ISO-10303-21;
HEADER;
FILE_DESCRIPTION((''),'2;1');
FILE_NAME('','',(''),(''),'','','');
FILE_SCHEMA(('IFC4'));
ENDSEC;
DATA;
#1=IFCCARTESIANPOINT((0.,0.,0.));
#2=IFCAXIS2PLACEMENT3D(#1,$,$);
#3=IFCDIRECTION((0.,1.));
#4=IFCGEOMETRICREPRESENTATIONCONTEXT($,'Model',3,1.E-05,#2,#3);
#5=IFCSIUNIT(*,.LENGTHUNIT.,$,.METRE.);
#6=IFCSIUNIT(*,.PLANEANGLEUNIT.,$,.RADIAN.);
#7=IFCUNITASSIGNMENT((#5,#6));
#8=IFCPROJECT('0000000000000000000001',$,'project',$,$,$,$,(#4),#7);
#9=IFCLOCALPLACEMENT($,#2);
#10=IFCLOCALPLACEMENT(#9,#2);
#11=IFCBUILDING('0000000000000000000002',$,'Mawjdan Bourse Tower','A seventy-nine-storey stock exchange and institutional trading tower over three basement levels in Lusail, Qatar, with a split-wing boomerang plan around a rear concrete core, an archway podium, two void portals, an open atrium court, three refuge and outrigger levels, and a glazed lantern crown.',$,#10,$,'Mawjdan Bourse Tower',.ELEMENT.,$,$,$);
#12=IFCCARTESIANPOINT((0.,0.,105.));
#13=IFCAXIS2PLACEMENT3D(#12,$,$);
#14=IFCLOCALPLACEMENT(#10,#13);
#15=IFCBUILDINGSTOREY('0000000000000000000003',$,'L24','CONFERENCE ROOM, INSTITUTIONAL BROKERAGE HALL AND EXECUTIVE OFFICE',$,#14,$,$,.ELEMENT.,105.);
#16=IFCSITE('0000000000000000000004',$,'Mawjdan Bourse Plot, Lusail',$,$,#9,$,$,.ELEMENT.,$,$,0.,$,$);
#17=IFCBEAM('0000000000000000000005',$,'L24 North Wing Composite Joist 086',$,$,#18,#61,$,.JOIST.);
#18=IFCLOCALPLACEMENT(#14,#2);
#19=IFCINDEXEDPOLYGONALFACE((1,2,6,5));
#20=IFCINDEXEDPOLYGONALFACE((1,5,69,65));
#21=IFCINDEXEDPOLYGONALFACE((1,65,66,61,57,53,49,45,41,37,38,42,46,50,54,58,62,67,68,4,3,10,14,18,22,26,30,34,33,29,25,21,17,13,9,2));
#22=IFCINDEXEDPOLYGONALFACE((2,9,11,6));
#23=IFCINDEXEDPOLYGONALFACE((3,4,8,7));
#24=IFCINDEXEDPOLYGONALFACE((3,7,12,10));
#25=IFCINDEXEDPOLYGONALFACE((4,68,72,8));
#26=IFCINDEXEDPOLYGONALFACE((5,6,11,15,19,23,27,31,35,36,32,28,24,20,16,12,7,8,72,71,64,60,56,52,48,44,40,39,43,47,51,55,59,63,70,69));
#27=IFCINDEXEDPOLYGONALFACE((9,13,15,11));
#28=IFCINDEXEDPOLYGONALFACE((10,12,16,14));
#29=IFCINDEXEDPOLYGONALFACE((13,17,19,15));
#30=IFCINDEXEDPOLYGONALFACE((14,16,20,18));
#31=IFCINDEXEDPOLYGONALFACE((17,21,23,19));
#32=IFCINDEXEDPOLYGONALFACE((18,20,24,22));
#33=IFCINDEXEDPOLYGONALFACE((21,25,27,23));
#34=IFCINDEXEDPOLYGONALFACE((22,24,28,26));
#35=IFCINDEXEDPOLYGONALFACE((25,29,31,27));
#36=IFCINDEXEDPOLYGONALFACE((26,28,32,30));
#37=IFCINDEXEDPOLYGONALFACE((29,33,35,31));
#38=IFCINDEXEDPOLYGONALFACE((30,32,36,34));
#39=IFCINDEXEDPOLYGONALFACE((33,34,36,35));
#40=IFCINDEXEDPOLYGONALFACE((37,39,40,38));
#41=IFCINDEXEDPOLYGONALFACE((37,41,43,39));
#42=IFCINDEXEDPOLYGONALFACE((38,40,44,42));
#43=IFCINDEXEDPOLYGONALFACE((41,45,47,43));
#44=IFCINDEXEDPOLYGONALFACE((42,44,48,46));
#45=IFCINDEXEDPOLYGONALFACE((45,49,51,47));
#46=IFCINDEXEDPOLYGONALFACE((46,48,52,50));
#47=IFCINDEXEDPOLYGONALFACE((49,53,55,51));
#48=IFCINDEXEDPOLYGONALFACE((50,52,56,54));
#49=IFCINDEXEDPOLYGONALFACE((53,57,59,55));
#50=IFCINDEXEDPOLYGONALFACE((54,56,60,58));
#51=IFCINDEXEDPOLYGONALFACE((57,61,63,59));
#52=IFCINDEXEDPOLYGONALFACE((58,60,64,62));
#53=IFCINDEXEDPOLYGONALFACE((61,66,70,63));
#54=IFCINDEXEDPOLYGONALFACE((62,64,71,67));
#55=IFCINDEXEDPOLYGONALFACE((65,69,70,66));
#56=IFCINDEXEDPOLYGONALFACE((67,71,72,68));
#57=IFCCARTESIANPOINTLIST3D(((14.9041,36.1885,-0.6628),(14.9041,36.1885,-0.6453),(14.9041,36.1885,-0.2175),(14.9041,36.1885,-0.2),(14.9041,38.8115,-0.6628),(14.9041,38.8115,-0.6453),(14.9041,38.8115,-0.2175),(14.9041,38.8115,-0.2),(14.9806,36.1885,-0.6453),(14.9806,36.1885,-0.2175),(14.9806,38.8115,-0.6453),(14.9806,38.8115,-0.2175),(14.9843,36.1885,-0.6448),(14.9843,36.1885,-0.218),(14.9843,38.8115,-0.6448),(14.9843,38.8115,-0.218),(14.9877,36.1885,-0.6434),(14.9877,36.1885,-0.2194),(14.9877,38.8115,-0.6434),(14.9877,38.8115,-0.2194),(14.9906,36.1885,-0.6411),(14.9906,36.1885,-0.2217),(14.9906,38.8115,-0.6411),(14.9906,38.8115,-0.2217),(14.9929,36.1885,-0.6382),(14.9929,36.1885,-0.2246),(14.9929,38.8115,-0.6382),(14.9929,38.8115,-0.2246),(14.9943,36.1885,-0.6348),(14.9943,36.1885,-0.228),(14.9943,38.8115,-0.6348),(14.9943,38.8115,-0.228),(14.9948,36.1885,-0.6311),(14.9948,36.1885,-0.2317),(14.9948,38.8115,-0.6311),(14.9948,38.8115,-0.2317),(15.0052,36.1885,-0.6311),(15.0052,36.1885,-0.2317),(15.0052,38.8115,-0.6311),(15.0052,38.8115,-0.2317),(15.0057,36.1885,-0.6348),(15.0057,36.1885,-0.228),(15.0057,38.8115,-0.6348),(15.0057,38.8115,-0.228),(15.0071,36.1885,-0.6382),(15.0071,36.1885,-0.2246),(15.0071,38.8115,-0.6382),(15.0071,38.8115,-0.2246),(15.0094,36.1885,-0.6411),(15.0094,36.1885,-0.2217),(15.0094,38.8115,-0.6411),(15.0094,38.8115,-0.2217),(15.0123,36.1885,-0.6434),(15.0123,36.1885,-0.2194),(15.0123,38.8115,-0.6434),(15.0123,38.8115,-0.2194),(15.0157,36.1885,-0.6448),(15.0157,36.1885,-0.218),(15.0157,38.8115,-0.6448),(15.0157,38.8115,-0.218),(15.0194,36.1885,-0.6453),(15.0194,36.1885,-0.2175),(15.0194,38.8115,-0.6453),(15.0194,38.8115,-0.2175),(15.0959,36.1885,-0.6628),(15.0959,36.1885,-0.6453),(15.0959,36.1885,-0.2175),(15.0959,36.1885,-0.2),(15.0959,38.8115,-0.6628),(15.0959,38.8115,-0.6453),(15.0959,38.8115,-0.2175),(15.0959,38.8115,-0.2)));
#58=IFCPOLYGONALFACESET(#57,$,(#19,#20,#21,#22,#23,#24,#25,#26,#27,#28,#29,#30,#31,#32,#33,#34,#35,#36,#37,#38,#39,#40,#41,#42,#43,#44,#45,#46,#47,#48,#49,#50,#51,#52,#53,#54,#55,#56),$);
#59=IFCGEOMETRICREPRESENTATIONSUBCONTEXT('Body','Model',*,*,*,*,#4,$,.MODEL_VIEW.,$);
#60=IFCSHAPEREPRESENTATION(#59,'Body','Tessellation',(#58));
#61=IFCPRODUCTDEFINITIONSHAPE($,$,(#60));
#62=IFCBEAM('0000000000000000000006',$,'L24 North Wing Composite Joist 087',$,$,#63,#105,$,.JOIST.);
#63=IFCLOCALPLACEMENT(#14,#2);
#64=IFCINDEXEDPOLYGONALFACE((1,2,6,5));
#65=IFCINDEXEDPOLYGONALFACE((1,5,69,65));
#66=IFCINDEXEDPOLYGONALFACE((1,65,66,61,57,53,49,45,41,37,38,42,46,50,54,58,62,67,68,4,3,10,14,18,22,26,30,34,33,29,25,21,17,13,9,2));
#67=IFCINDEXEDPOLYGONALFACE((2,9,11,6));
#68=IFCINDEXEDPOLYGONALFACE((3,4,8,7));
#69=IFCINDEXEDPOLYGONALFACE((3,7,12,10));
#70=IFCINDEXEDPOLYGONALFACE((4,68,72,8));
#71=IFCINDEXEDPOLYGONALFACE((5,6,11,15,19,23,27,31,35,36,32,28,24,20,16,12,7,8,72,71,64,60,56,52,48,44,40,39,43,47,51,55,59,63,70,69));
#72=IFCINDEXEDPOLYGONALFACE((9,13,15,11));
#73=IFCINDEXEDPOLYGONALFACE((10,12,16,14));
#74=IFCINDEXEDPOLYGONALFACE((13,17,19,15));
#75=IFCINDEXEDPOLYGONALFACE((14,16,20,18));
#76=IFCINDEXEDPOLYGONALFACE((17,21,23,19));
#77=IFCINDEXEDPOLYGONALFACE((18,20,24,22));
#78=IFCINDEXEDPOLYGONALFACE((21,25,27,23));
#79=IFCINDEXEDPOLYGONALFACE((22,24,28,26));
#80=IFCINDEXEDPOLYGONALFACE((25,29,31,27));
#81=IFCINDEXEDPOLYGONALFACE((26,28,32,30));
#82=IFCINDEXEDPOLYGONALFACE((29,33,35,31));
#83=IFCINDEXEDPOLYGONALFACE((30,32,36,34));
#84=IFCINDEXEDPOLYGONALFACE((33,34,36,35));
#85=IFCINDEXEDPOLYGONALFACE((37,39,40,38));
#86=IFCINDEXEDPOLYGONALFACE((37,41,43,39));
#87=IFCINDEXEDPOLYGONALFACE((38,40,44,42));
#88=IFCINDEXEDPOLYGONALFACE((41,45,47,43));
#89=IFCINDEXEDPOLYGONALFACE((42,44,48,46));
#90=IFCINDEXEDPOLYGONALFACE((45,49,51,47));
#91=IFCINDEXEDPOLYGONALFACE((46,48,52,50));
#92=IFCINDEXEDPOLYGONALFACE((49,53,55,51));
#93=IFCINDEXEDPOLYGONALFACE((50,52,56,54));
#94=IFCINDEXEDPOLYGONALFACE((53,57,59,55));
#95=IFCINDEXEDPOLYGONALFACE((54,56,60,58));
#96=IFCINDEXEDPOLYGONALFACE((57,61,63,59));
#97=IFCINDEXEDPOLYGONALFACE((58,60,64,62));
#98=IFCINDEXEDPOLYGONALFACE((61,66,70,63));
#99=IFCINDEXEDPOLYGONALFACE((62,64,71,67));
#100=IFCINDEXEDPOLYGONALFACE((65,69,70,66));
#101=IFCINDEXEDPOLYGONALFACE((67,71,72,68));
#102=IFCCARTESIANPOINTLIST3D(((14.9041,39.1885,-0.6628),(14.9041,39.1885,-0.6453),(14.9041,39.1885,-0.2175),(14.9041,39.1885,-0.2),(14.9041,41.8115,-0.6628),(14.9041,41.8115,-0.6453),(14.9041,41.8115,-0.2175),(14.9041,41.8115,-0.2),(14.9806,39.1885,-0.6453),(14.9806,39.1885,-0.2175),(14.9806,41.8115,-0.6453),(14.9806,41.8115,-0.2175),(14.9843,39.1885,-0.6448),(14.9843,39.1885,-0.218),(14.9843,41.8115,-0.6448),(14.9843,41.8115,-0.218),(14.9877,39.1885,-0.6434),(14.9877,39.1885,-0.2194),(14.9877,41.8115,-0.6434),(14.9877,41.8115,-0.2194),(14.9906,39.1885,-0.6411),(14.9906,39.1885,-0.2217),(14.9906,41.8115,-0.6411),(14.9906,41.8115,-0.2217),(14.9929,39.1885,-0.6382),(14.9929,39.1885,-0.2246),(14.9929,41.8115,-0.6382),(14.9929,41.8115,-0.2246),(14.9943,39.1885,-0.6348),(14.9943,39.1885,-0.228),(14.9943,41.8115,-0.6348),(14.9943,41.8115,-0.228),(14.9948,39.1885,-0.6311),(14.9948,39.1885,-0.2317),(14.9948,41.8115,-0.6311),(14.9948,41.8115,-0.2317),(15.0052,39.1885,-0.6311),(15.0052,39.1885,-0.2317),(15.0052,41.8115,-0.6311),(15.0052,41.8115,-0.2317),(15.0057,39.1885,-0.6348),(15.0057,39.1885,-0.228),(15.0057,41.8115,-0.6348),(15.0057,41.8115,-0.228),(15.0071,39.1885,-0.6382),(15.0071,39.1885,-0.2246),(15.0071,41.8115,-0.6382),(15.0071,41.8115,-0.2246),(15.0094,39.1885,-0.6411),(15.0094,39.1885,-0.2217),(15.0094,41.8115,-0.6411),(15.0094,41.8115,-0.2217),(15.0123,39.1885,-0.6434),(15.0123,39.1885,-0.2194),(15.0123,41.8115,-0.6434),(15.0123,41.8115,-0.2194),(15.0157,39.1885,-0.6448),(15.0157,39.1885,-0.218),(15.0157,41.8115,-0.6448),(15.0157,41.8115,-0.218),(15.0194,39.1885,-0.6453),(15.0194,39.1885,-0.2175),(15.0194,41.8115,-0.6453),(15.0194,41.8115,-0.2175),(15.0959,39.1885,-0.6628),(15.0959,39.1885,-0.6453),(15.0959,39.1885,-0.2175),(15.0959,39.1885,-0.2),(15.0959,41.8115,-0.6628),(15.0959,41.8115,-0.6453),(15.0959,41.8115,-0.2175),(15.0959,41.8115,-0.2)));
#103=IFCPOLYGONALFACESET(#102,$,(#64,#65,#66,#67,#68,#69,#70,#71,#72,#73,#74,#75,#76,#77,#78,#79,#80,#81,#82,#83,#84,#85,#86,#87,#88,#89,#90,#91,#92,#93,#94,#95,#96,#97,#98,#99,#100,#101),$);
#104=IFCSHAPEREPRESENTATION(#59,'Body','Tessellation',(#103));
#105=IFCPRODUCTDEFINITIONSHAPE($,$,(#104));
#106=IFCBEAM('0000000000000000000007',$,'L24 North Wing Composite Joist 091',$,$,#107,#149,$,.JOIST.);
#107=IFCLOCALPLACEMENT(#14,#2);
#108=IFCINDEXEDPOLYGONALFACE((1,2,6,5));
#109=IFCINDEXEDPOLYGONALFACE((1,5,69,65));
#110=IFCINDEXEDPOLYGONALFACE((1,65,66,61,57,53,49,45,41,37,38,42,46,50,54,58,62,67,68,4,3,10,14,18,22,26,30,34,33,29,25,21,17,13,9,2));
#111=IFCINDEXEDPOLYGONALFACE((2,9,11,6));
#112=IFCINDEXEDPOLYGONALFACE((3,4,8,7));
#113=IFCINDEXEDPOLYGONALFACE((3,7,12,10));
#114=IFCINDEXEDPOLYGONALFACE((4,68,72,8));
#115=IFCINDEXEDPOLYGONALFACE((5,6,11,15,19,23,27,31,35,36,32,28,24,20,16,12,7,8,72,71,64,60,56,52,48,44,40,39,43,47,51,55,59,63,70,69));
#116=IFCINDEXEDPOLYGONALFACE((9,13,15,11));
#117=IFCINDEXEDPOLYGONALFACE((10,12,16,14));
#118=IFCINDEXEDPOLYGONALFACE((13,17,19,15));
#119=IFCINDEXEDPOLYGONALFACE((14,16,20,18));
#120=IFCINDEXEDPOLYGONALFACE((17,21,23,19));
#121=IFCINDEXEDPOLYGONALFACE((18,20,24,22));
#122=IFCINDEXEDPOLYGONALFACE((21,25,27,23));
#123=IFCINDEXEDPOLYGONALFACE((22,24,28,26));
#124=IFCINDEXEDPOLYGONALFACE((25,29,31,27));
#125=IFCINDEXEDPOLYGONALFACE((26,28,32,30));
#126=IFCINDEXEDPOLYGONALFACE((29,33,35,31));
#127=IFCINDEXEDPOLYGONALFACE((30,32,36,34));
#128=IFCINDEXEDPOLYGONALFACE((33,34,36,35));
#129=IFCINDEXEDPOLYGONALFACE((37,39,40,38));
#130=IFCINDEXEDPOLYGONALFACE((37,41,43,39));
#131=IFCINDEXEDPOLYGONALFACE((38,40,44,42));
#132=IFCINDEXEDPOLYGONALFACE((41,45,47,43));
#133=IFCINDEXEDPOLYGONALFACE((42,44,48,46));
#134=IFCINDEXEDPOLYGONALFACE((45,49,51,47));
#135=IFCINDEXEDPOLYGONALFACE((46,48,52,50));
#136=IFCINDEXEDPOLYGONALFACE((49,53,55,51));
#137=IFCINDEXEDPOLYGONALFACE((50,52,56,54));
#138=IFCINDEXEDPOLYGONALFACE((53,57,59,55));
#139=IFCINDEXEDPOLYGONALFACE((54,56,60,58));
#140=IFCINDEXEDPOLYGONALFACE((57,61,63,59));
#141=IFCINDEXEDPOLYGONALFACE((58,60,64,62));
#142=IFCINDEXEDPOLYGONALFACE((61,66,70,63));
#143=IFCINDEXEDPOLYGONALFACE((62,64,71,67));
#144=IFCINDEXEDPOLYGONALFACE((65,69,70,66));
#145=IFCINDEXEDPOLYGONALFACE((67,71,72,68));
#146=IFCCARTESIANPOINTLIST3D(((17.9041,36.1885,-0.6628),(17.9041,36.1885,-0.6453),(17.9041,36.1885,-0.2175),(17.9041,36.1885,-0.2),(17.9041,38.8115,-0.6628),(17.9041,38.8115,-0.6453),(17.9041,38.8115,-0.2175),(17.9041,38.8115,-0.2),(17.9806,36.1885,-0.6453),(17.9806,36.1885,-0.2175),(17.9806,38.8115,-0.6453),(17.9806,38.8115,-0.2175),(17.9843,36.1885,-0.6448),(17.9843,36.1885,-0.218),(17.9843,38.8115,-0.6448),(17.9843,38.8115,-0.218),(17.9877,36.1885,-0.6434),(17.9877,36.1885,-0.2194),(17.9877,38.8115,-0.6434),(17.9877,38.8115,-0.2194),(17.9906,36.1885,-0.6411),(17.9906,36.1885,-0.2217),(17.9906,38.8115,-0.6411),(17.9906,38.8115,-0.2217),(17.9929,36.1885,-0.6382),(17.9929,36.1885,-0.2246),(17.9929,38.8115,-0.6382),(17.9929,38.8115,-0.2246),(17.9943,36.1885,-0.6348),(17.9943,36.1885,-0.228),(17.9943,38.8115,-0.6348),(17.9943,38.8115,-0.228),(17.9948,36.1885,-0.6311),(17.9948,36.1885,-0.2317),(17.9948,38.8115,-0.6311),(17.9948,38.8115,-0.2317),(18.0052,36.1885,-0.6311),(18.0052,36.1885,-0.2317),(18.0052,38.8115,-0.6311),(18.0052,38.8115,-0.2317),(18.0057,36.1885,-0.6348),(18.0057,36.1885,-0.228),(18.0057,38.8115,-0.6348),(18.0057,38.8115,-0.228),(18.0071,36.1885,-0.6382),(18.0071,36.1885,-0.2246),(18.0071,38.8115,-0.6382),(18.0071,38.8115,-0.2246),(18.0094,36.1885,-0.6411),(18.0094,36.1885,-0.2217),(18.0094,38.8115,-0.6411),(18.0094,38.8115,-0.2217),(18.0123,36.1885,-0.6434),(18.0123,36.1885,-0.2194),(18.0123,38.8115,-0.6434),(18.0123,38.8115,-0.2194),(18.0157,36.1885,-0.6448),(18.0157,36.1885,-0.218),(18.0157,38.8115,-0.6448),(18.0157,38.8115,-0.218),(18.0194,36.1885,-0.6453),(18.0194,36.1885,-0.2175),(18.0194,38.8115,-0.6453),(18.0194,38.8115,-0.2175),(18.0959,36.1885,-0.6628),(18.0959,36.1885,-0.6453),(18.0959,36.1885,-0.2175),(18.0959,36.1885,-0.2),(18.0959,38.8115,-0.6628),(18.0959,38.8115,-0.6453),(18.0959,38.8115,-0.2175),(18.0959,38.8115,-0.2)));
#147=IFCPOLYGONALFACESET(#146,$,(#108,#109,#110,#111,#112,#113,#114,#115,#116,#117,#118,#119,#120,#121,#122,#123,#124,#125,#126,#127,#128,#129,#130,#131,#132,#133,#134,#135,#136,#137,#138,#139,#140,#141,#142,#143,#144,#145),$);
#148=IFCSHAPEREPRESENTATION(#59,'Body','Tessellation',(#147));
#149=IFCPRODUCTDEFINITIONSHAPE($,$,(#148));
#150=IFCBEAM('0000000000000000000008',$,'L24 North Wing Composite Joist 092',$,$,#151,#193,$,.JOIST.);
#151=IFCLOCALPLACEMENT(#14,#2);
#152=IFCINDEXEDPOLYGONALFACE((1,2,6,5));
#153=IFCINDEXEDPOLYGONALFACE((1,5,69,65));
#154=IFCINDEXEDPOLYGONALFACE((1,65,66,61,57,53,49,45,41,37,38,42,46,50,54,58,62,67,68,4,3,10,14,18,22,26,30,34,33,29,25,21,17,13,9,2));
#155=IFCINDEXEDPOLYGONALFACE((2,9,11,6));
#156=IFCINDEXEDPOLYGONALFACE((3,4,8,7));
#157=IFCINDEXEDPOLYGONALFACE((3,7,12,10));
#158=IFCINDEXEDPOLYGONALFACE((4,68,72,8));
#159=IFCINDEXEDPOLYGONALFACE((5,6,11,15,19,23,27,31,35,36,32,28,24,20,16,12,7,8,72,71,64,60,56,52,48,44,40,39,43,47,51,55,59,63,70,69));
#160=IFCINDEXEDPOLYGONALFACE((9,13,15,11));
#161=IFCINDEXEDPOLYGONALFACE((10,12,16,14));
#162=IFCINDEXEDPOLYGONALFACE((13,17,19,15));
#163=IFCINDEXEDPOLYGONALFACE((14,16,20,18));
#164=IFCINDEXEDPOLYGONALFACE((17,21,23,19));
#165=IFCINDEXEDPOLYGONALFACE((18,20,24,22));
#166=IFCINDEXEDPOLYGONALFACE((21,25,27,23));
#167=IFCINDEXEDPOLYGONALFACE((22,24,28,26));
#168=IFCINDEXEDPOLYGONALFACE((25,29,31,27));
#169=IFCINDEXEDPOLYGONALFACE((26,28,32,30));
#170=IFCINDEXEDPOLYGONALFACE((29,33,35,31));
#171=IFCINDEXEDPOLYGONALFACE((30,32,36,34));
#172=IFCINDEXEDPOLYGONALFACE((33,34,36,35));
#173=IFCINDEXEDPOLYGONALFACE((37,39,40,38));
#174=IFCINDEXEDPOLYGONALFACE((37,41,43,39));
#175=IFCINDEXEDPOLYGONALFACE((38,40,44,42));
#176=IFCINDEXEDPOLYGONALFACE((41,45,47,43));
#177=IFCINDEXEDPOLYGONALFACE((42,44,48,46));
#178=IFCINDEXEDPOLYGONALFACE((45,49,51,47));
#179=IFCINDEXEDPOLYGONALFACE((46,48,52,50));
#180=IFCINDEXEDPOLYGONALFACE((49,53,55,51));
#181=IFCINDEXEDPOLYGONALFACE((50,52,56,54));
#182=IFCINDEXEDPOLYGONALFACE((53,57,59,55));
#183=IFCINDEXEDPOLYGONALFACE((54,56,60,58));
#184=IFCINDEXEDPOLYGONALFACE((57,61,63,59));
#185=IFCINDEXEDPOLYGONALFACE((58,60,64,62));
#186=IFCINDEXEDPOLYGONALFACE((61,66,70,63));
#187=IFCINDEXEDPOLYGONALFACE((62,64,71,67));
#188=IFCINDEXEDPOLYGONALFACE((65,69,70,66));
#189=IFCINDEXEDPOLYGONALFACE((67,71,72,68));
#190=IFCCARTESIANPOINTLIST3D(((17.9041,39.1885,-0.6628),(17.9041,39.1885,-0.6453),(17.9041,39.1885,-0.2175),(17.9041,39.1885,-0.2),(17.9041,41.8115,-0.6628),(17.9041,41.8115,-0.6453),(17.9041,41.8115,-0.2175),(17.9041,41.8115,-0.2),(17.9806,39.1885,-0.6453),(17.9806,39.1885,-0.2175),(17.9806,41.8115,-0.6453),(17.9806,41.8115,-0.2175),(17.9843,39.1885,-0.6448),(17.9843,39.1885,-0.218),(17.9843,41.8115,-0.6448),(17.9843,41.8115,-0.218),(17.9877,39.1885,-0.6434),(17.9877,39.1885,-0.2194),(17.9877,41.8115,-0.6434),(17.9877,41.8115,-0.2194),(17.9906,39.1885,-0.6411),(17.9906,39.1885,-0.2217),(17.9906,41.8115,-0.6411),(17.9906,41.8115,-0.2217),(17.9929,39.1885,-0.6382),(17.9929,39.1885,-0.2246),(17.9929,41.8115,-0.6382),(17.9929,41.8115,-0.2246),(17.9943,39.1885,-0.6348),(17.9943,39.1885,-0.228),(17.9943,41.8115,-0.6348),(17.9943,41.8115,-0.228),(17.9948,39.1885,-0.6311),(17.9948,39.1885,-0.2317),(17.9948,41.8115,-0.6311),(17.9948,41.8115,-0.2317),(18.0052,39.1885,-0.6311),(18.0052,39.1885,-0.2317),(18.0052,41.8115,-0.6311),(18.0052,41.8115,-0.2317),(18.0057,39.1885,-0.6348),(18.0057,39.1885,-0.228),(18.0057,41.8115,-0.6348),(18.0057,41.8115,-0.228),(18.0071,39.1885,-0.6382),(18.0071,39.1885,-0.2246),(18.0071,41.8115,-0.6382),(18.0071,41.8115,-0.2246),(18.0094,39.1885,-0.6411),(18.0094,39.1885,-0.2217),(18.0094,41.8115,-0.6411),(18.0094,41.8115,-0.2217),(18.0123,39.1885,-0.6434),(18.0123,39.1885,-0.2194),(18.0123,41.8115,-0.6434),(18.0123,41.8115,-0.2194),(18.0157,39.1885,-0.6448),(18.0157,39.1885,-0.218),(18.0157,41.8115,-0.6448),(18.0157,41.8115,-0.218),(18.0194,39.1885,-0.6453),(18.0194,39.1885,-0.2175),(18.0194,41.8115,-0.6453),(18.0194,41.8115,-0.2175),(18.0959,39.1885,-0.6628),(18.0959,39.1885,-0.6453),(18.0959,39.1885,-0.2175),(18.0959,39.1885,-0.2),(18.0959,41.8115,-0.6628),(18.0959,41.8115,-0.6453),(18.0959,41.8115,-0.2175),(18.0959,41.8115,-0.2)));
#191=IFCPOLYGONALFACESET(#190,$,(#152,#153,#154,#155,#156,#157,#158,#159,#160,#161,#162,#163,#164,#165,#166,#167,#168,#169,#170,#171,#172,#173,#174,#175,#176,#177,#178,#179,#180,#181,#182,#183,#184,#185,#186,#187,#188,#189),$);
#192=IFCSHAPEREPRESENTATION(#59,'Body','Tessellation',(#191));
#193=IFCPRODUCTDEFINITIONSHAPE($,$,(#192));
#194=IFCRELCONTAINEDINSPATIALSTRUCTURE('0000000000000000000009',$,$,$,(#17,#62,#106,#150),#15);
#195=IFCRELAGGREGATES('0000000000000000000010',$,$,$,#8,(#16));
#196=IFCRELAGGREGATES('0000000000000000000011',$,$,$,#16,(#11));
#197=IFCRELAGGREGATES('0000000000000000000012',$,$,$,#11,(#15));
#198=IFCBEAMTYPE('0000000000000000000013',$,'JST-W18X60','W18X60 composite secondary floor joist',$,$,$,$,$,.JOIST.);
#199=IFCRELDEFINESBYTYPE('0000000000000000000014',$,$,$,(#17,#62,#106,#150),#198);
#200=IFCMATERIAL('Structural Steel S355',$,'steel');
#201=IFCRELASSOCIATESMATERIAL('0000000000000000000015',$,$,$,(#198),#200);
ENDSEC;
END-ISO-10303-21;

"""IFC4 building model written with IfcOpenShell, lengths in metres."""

from ifc_helpers import new_model, si_unit, direction, frame, origin, origin_2d, place, context, subcontext, project, spatial, i_section, extrude, material, material_profile, profile_set, type_object, element, save


model = new_model("IFC4")

# Units and contexts
model_context = context("Model", 3, precision=1e-05, world=origin(), true_north=direction((0.0, 1.0)))
body_context = subcontext(model_context, "Body", "Model", "MODEL_VIEW")
ifc_project = project(units=[si_unit("LENGTHUNIT", "METRE"), si_unit("PLANEANGLEUNIT", "RADIAN")], contexts=[model_context])

# Site, building, storey
site_placement = place(None, origin())
site = spatial("IfcSite", under=ifc_project, at=site_placement, Name="Mawjdan Bourse Plot, Lusail", CompositionType="ELEMENT", RefElevation=0.0)
building_placement = place(site_placement, origin())
building = spatial("IfcBuilding", under=site, at=building_placement, Name="Mawjdan Bourse Tower", Description="A seventy-nine-storey stock exchange and institutional trading tower over three basement levels in Lusail, Qatar, with a split-wing boomerang plan around a rear concrete core, an archway podium, two void portals, an open atrium court, three refuge and outrigger levels, and a glazed lantern crown.", LongName="Mawjdan Bourse Tower", CompositionType="ELEMENT")
storey_placement = place(building_placement, frame((0.0, 0.0, 105.0)))
storey = spatial("IfcBuildingStorey", under=building, at=storey_placement, Name="L24", Description="CONFERENCE ROOM, INSTITUTIONAL BROKERAGE HALL AND EXECUTIVE OFFICE", CompositionType="ELEMENT", Elevation=105.0)

# Beams
ifc_material_1 = material(Name="Structural Steel S355", Category="steel")
ifc_material_profile_1 = material_profile(ifc_material_1, i_section(OverallWidth=0.1919, OverallDepth=0.4629, WebThickness=0.0105, FlangeThickness=0.0176, FilletRadius=0.0142, at=origin_2d()), Name="W18X60")
ifc_profile_set_1 = profile_set([ifc_material_profile_1], Name="Structural Steel S355")
beam_type_1 = type_object("IfcBeamType", Name="JST-W18X60", Description="W18X60 composite secondary floor joist", PredefinedType="JOIST", material=ifc_profile_set_1)
for number, where, z_axis, x_axis, name in (
    (1, (15.0, 36.1885, -0.4314), (0.0, 1.0, 0.0), (-1.0, 0.0, 0.0), "L24 North Wing Composite Joist 086"),
    (2, (15.0, 39.1885, -0.4314), (0.0, 1.0, 0.0), (-1.0, 0.0, 0.0), "L24 North Wing Composite Joist 087"),
    (3, (18.0, 36.1885, -0.4314), (0.0, 1.0, 0.0), (-1.0, 0.0, 0.0), "L24 North Wing Composite Joist 091"),
    (4, (18.0, 39.1885, -0.4314), (0.0, 1.0, 0.0), (-1.0, 0.0, 0.0), "L24 North Wing Composite Joist 092"),
):
    element("IfcBeam", number, at=place(storey_placement, frame(where, z_axis=z_axis, x_axis=x_axis)), inside=storey, type_object=beam_type_1, Name=name, PredefinedType="JOIST", context=body_context, shape_type="SweptSolid", body=[
        extrude(i_section(OverallWidth=0.1919, OverallDepth=0.4629, WebThickness=0.0105, FlangeThickness=0.0176, FilletRadius=0.0142, at=origin_2d()), origin(), (0.0, 0.0, 1.0), 2.623),
    ])

save(model, "model.ifc")
